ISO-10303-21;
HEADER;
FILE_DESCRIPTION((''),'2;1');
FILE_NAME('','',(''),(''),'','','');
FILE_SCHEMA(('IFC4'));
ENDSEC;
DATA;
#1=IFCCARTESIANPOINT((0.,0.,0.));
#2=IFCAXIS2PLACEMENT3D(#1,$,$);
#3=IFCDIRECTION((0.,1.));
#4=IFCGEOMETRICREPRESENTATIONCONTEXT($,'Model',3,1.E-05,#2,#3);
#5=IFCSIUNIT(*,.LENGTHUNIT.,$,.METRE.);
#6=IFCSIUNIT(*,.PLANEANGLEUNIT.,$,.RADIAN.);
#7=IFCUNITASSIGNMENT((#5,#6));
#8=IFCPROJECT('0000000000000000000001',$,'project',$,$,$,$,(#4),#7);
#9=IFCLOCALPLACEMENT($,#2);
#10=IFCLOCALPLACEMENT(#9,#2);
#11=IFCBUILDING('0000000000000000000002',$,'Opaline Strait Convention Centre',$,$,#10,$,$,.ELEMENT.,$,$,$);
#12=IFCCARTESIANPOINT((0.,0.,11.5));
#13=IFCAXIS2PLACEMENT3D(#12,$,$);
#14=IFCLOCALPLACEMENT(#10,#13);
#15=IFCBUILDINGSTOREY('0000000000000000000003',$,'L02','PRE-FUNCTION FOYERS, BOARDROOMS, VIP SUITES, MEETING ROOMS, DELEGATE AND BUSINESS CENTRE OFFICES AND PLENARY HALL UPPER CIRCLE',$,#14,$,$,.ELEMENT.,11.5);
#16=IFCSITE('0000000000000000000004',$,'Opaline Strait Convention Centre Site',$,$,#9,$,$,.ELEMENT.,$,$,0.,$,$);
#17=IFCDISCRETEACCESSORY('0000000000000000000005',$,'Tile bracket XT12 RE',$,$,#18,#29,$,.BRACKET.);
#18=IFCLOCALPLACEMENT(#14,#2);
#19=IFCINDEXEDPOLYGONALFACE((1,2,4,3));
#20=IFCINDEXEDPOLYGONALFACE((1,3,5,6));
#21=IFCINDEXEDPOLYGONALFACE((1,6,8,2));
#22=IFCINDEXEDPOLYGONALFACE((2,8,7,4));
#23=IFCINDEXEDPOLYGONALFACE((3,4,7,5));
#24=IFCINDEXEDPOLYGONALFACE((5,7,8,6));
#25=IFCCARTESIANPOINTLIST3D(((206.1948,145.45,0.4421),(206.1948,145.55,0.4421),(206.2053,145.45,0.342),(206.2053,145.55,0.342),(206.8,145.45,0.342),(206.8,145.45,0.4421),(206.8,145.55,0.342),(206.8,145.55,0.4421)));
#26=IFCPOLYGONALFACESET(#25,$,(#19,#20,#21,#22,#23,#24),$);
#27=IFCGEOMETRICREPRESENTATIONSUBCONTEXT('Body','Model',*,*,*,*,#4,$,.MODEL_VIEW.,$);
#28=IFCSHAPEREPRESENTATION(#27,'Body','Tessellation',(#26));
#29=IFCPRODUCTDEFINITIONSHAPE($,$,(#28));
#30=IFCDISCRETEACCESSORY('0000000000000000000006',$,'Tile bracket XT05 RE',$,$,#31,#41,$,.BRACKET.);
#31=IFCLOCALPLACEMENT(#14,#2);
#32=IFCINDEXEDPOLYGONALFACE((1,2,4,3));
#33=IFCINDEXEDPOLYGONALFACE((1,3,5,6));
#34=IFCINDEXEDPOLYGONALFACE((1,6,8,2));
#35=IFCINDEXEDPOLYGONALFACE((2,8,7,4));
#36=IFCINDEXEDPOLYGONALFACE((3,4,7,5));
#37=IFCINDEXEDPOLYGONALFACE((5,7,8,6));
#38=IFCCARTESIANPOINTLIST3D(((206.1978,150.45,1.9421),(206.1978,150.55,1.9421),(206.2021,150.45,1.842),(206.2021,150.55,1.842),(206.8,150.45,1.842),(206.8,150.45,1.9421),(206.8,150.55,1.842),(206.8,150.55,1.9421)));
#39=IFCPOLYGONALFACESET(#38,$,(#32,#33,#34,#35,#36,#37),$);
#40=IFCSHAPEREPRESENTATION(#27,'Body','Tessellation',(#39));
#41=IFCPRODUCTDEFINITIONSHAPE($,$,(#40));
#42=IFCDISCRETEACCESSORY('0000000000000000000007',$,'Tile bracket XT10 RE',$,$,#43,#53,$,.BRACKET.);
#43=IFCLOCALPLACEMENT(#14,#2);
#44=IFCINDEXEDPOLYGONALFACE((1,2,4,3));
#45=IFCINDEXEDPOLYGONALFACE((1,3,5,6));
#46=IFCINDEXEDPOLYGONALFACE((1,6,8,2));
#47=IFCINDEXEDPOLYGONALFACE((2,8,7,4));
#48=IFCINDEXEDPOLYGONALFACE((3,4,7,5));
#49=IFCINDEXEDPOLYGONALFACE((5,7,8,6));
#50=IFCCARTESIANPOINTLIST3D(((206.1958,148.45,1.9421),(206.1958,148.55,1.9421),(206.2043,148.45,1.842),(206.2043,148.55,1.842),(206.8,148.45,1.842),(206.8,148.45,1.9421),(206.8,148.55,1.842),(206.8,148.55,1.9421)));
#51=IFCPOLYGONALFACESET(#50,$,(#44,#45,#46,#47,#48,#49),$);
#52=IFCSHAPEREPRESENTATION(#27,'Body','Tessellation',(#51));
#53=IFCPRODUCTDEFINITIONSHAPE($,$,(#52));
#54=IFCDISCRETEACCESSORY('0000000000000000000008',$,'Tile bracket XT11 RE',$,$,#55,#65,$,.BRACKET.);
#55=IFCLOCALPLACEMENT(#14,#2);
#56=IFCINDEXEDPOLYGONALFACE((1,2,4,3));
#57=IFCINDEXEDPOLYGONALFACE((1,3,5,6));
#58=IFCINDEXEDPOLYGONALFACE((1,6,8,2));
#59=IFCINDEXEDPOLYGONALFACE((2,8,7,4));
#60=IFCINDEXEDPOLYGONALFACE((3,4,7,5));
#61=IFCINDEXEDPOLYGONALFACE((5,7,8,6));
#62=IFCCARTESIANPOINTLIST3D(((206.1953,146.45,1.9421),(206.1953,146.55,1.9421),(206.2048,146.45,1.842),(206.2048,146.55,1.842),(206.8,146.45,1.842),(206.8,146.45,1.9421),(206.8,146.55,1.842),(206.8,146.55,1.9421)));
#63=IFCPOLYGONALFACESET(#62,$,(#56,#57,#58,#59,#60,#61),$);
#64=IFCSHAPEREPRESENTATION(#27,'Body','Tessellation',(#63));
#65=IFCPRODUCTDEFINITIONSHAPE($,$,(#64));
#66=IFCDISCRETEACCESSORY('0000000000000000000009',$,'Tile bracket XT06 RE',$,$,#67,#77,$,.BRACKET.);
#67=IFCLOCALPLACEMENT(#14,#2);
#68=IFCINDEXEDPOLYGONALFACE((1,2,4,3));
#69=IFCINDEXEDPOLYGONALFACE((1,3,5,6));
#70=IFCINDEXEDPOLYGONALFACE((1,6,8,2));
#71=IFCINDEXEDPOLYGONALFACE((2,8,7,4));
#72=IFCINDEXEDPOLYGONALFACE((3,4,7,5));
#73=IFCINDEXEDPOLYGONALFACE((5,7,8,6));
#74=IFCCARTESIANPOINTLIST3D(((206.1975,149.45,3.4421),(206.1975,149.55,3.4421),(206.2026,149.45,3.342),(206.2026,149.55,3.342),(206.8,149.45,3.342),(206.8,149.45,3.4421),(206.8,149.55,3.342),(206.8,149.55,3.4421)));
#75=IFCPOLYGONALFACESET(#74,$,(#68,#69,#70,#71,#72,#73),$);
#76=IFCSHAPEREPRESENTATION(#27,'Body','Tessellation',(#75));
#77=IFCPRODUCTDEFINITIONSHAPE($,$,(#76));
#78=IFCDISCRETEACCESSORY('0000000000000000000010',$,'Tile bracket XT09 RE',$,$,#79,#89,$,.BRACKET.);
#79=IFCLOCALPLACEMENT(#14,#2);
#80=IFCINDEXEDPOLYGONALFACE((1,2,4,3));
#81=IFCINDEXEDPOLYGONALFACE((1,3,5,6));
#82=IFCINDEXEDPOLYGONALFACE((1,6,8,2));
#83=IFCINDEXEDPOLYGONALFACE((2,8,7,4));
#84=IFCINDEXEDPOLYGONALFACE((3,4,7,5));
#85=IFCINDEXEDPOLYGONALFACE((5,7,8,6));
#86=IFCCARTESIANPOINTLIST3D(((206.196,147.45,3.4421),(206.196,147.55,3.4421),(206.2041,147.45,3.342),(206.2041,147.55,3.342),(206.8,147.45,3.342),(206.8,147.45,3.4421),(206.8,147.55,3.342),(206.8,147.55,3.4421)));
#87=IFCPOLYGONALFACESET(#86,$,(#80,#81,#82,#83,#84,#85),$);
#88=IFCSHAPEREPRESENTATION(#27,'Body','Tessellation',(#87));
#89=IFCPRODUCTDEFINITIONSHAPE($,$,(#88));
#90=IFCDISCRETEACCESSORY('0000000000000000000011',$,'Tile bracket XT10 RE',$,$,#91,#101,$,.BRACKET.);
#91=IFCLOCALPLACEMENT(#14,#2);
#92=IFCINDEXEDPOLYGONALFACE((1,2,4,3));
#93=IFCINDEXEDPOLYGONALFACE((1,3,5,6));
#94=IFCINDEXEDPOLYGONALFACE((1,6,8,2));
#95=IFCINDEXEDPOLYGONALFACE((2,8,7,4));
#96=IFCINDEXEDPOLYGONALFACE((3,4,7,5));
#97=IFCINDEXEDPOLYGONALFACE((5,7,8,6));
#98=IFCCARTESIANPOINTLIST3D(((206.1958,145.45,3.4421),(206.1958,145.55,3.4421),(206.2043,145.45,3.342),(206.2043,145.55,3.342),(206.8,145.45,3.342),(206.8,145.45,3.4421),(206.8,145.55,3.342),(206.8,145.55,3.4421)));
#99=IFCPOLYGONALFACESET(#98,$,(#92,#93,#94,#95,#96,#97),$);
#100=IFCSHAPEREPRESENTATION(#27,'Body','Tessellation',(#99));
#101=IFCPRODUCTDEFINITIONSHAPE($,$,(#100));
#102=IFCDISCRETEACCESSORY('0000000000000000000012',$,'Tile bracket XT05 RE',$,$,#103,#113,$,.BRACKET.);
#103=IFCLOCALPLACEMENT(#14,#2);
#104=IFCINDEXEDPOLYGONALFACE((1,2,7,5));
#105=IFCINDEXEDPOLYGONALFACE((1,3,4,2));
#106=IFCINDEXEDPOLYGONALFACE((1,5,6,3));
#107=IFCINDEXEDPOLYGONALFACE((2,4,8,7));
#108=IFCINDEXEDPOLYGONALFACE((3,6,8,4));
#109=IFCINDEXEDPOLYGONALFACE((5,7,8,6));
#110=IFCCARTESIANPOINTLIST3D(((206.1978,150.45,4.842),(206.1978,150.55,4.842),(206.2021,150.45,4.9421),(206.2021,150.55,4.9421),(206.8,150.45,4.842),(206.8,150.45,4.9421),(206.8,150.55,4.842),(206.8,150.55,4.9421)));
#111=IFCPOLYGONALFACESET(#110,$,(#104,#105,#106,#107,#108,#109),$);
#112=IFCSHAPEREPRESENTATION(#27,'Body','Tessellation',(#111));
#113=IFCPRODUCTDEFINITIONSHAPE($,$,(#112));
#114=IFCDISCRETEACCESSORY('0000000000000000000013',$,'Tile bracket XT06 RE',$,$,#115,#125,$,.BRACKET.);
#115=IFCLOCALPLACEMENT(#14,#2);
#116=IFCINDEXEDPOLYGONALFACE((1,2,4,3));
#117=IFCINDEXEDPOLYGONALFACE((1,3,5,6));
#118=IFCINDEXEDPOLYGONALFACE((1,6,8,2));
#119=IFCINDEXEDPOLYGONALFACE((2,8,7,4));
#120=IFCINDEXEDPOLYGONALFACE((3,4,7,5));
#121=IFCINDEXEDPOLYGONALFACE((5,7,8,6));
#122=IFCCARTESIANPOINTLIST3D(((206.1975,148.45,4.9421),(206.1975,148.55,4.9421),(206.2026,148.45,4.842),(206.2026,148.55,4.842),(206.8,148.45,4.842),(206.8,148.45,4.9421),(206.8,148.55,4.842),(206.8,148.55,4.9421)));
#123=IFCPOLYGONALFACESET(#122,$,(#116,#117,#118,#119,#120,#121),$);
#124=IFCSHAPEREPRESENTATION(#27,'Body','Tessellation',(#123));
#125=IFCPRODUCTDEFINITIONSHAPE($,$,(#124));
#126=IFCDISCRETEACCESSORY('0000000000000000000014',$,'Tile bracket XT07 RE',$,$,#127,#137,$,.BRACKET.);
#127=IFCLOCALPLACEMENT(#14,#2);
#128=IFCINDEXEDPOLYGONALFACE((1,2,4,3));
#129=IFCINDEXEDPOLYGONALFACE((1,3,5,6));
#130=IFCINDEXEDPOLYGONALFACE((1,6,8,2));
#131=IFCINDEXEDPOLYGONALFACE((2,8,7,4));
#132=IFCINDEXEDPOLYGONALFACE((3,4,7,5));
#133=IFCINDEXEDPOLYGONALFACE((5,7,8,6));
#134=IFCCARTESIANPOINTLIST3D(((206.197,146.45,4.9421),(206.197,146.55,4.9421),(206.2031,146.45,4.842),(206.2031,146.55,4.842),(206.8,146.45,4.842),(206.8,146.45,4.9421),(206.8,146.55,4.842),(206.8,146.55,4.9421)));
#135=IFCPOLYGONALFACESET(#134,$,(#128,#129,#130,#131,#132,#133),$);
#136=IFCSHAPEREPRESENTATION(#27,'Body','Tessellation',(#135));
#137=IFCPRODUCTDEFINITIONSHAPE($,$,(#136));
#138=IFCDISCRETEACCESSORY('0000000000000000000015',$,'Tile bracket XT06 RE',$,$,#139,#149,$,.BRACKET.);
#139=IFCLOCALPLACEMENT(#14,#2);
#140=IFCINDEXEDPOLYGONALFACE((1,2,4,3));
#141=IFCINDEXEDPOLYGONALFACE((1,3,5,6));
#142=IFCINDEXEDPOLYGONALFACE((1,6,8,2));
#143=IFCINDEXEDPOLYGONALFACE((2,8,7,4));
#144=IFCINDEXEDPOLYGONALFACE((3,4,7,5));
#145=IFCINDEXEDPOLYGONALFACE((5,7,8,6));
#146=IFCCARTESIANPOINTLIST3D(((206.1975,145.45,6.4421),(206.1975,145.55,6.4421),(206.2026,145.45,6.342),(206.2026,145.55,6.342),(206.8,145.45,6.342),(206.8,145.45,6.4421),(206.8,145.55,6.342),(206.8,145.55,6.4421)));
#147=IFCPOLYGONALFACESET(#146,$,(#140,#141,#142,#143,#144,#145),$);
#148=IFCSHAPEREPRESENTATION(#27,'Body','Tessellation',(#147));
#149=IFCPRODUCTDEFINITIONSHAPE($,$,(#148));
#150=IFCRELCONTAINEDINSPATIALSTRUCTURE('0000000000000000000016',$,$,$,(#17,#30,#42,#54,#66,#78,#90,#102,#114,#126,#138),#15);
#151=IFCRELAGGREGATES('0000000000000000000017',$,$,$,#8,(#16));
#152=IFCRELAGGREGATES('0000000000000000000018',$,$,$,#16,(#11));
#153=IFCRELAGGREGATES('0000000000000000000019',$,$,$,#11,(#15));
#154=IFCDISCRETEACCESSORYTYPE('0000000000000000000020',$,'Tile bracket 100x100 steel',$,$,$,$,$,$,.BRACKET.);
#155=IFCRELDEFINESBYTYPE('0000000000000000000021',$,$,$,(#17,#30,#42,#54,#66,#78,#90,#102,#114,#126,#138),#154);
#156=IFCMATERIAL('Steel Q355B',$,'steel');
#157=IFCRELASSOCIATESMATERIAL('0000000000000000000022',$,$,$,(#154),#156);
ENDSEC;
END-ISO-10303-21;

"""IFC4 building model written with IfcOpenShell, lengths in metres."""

from ifc_helpers import new_model, si_unit, direction, frame, origin, place, context, subcontext, project, spatial, polyline, outline, extrude, material, type_object, element, save


model = new_model("IFC4")

# Units and contexts
model_context = context("Model", 3, precision=1e-05, world=origin(), true_north=direction((0.0, 1.0)))
body_context = subcontext(model_context, "Body", "Model", "MODEL_VIEW")
ifc_project = project(units=[si_unit("LENGTHUNIT", "METRE"), si_unit("PLANEANGLEUNIT", "RADIAN")], contexts=[model_context])

# Site, building, storey
site_placement = place(None, origin())
site = spatial("IfcSite", under=ifc_project, at=site_placement, Name="Opaline Strait Convention Centre Site", CompositionType="ELEMENT", RefElevation=0.0)
building_placement = place(site_placement, origin())
building = spatial("IfcBuilding", under=site, at=building_placement, Name="Opaline Strait Convention Centre", CompositionType="ELEMENT")
storey_placement = place(building_placement, frame((0.0, 0.0, 11.5)))
storey = spatial("IfcBuildingStorey", under=building, at=storey_placement, Name="L02", Description="PRE-FUNCTION FOYERS, BOARDROOMS, VIP SUITES, MEETING ROOMS, DELEGATE AND BUSINESS CENTRE OFFICES AND PLENARY HALL UPPER CIRCLE", CompositionType="ELEMENT", Elevation=11.5)

# Discrete accessories
ifc_material_1 = material(Name="Steel Q355B", Category="steel")
discrete_accessory_type = type_object("IfcDiscreteAccessoryType", Name="Tile bracket 100x100 steel", PredefinedType="BRACKET", material=ifc_material_1)
discrete_accessory_1_placement = place(storey_placement, frame((206.8, 145.55, 0.3921), z_axis=(0.0, -1.0, 0.0), x_axis=(1.0, 0.0, 0.0)))
element("IfcDiscreteAccessory", 1, at=discrete_accessory_1_placement, inside=storey, type_object=discrete_accessory_type, Name="Tile bracket XT12 RE", PredefinedType="BRACKET", context=body_context, shape_type="SweptSolid", body=[
    extrude(outline(polyline([(0.0, -0.05), (0.0, 0.05), (-0.6052, 0.05), (-0.5947, -0.05), (0.0, -0.05)])), origin(), (0.0, 0.0, 1.0), 0.1001),
])
discrete_accessory_2_placement = place(storey_placement, frame((206.8, 150.55, 1.8921), z_axis=(0.0, -1.0, 0.0), x_axis=(1.0, 0.0, 0.0)))
element("IfcDiscreteAccessory", 2, at=discrete_accessory_2_placement, inside=storey, type_object=discrete_accessory_type, Name="Tile bracket XT05 RE", PredefinedType="BRACKET", context=body_context, shape_type="SweptSolid", body=[
    extrude(outline(polyline([(0.0, -0.05), (0.0, 0.05), (-0.6023, 0.05), (-0.5979, -0.05), (0.0, -0.05)])), origin(), (0.0, 0.0, 1.0), 0.1001),
])
discrete_accessory_3_placement = place(storey_placement, frame((206.8, 148.55, 1.8921), z_axis=(0.0, -1.0, 0.0), x_axis=(1.0, 0.0, 0.0)))
element("IfcDiscreteAccessory", 3, at=discrete_accessory_3_placement, inside=storey, type_object=discrete_accessory_type, Name="Tile bracket XT10 RE", PredefinedType="BRACKET", context=body_context, shape_type="SweptSolid", body=[
    extrude(outline(polyline([(0.0, -0.05), (0.0, 0.05), (-0.6042, 0.05), (-0.5957, -0.05), (0.0, -0.05)])), origin(), (0.0, 0.0, 1.0), 0.1001),
])
discrete_accessory_4_placement = place(storey_placement, frame((206.8, 146.55, 1.8921), z_axis=(0.0, -1.0, 0.0), x_axis=(1.0, 0.0, 0.0)))
element("IfcDiscreteAccessory", 4, at=discrete_accessory_4_placement, inside=storey, type_object=discrete_accessory_type, Name="Tile bracket XT11 RE", PredefinedType="BRACKET", context=body_context, shape_type="SweptSolid", body=[
    extrude(outline(polyline([(0.0, -0.05), (0.0, 0.05), (-0.6047, 0.05), (-0.5952, -0.05), (0.0, -0.05)])), origin(), (0.0, 0.0, 1.0), 0.1001),
])
discrete_accessory_5_placement = place(storey_placement, frame((206.8, 149.55, 3.3921), z_axis=(0.0, -1.0, 0.0), x_axis=(1.0, 0.0, 0.0)))
element("IfcDiscreteAccessory", 5, at=discrete_accessory_5_placement, inside=storey, type_object=discrete_accessory_type, Name="Tile bracket XT06 RE", PredefinedType="BRACKET", context=body_context, shape_type="SweptSolid", body=[
    extrude(outline(polyline([(0.0, -0.05), (0.0, 0.05), (-0.6025, 0.05), (-0.5974, -0.05), (0.0, -0.05)])), origin(), (0.0, 0.0, 1.0), 0.1001),
])
discrete_accessory_6_placement = place(storey_placement, frame((206.8, 147.55, 3.3921), z_axis=(0.0, -1.0, 0.0), x_axis=(1.0, 0.0, 0.0)))
element("IfcDiscreteAccessory", 6, at=discrete_accessory_6_placement, inside=storey, type_object=discrete_accessory_type, Name="Tile bracket XT09 RE", PredefinedType="BRACKET", context=body_context, shape_type="SweptSolid", body=[
    extrude(outline(polyline([(0.0, -0.05), (0.0, 0.05), (-0.604, 0.05), (-0.5959, -0.05), (0.0, -0.05)])), origin(), (0.0, 0.0, 1.0), 0.1001),
])
discrete_accessory_7_placement = place(storey_placement, frame((206.8, 145.55, 3.3921), z_axis=(0.0, -1.0, 0.0), x_axis=(1.0, 0.0, 0.0)))
element("IfcDiscreteAccessory", 7, at=discrete_accessory_7_placement, inside=storey, type_object=discrete_accessory_type, Name="Tile bracket XT10 RE", PredefinedType="BRACKET", context=body_context, shape_type="SweptSolid", body=[
    extrude(outline(polyline([(0.0, -0.05), (0.0, 0.05), (-0.6042, 0.05), (-0.5957, -0.05), (0.0, -0.05)])), origin(), (0.0, 0.0, 1.0), 0.1001),
])
discrete_accessory_8_placement = place(storey_placement, frame((206.8, 150.55, 4.8921), z_axis=(0.0, -1.0, 0.0), x_axis=(1.0, 0.0, 0.0)))
element("IfcDiscreteAccessory", 8, at=discrete_accessory_8_placement, inside=storey, type_object=discrete_accessory_type, Name="Tile bracket XT05 RE", PredefinedType="BRACKET", context=body_context, shape_type="SweptSolid", body=[
    extrude(outline(polyline([(0.0, -0.05), (0.0, 0.05), (-0.5979, 0.05), (-0.6023, -0.05), (0.0, -0.05)])), origin(), (0.0, 0.0, 1.0), 0.1001),
])
discrete_accessory_9_placement = place(storey_placement, frame((206.8, 148.55, 4.8921), z_axis=(0.0, -1.0, 0.0), x_axis=(1.0, 0.0, 0.0)))
element("IfcDiscreteAccessory", 9, at=discrete_accessory_9_placement, inside=storey, type_object=discrete_accessory_type, Name="Tile bracket XT06 RE", PredefinedType="BRACKET", context=body_context, shape_type="SweptSolid", body=[
    extrude(outline(polyline([(0.0, -0.05), (0.0, 0.05), (-0.6025, 0.05), (-0.5974, -0.05), (0.0, -0.05)])), origin(), (0.0, 0.0, 1.0), 0.1001),
])
discrete_accessory_10_placement = place(storey_placement, frame((206.8, 146.55, 4.8921), z_axis=(0.0, -1.0, 0.0), x_axis=(1.0, 0.0, 0.0)))
element("IfcDiscreteAccessory", 10, at=discrete_accessory_10_placement, inside=storey, type_object=discrete_accessory_type, Name="Tile bracket XT07 RE", PredefinedType="BRACKET", context=body_context, shape_type="SweptSolid", body=[
    extrude(outline(polyline([(0.0, -0.05), (0.0, 0.05), (-0.603, 0.05), (-0.5969, -0.05), (0.0, -0.05)])), origin(), (0.0, 0.0, 1.0), 0.1001),
])
discrete_accessory_11_placement = place(storey_placement, frame((206.8, 145.55, 6.3921), z_axis=(0.0, -1.0, 0.0), x_axis=(1.0, 0.0, 0.0)))
element("IfcDiscreteAccessory", 11, at=discrete_accessory_11_placement, inside=storey, type_object=discrete_accessory_type, Name="Tile bracket XT06 RE", PredefinedType="BRACKET", context=body_context, shape_type="SweptSolid", body=[
    extrude(outline(polyline([(0.0, -0.05), (0.0, 0.05), (-0.6025, 0.05), (-0.5974, -0.05), (0.0, -0.05)])), origin(), (0.0, 0.0, 1.0), 0.1001),
])

save(model, "model.ifc")
